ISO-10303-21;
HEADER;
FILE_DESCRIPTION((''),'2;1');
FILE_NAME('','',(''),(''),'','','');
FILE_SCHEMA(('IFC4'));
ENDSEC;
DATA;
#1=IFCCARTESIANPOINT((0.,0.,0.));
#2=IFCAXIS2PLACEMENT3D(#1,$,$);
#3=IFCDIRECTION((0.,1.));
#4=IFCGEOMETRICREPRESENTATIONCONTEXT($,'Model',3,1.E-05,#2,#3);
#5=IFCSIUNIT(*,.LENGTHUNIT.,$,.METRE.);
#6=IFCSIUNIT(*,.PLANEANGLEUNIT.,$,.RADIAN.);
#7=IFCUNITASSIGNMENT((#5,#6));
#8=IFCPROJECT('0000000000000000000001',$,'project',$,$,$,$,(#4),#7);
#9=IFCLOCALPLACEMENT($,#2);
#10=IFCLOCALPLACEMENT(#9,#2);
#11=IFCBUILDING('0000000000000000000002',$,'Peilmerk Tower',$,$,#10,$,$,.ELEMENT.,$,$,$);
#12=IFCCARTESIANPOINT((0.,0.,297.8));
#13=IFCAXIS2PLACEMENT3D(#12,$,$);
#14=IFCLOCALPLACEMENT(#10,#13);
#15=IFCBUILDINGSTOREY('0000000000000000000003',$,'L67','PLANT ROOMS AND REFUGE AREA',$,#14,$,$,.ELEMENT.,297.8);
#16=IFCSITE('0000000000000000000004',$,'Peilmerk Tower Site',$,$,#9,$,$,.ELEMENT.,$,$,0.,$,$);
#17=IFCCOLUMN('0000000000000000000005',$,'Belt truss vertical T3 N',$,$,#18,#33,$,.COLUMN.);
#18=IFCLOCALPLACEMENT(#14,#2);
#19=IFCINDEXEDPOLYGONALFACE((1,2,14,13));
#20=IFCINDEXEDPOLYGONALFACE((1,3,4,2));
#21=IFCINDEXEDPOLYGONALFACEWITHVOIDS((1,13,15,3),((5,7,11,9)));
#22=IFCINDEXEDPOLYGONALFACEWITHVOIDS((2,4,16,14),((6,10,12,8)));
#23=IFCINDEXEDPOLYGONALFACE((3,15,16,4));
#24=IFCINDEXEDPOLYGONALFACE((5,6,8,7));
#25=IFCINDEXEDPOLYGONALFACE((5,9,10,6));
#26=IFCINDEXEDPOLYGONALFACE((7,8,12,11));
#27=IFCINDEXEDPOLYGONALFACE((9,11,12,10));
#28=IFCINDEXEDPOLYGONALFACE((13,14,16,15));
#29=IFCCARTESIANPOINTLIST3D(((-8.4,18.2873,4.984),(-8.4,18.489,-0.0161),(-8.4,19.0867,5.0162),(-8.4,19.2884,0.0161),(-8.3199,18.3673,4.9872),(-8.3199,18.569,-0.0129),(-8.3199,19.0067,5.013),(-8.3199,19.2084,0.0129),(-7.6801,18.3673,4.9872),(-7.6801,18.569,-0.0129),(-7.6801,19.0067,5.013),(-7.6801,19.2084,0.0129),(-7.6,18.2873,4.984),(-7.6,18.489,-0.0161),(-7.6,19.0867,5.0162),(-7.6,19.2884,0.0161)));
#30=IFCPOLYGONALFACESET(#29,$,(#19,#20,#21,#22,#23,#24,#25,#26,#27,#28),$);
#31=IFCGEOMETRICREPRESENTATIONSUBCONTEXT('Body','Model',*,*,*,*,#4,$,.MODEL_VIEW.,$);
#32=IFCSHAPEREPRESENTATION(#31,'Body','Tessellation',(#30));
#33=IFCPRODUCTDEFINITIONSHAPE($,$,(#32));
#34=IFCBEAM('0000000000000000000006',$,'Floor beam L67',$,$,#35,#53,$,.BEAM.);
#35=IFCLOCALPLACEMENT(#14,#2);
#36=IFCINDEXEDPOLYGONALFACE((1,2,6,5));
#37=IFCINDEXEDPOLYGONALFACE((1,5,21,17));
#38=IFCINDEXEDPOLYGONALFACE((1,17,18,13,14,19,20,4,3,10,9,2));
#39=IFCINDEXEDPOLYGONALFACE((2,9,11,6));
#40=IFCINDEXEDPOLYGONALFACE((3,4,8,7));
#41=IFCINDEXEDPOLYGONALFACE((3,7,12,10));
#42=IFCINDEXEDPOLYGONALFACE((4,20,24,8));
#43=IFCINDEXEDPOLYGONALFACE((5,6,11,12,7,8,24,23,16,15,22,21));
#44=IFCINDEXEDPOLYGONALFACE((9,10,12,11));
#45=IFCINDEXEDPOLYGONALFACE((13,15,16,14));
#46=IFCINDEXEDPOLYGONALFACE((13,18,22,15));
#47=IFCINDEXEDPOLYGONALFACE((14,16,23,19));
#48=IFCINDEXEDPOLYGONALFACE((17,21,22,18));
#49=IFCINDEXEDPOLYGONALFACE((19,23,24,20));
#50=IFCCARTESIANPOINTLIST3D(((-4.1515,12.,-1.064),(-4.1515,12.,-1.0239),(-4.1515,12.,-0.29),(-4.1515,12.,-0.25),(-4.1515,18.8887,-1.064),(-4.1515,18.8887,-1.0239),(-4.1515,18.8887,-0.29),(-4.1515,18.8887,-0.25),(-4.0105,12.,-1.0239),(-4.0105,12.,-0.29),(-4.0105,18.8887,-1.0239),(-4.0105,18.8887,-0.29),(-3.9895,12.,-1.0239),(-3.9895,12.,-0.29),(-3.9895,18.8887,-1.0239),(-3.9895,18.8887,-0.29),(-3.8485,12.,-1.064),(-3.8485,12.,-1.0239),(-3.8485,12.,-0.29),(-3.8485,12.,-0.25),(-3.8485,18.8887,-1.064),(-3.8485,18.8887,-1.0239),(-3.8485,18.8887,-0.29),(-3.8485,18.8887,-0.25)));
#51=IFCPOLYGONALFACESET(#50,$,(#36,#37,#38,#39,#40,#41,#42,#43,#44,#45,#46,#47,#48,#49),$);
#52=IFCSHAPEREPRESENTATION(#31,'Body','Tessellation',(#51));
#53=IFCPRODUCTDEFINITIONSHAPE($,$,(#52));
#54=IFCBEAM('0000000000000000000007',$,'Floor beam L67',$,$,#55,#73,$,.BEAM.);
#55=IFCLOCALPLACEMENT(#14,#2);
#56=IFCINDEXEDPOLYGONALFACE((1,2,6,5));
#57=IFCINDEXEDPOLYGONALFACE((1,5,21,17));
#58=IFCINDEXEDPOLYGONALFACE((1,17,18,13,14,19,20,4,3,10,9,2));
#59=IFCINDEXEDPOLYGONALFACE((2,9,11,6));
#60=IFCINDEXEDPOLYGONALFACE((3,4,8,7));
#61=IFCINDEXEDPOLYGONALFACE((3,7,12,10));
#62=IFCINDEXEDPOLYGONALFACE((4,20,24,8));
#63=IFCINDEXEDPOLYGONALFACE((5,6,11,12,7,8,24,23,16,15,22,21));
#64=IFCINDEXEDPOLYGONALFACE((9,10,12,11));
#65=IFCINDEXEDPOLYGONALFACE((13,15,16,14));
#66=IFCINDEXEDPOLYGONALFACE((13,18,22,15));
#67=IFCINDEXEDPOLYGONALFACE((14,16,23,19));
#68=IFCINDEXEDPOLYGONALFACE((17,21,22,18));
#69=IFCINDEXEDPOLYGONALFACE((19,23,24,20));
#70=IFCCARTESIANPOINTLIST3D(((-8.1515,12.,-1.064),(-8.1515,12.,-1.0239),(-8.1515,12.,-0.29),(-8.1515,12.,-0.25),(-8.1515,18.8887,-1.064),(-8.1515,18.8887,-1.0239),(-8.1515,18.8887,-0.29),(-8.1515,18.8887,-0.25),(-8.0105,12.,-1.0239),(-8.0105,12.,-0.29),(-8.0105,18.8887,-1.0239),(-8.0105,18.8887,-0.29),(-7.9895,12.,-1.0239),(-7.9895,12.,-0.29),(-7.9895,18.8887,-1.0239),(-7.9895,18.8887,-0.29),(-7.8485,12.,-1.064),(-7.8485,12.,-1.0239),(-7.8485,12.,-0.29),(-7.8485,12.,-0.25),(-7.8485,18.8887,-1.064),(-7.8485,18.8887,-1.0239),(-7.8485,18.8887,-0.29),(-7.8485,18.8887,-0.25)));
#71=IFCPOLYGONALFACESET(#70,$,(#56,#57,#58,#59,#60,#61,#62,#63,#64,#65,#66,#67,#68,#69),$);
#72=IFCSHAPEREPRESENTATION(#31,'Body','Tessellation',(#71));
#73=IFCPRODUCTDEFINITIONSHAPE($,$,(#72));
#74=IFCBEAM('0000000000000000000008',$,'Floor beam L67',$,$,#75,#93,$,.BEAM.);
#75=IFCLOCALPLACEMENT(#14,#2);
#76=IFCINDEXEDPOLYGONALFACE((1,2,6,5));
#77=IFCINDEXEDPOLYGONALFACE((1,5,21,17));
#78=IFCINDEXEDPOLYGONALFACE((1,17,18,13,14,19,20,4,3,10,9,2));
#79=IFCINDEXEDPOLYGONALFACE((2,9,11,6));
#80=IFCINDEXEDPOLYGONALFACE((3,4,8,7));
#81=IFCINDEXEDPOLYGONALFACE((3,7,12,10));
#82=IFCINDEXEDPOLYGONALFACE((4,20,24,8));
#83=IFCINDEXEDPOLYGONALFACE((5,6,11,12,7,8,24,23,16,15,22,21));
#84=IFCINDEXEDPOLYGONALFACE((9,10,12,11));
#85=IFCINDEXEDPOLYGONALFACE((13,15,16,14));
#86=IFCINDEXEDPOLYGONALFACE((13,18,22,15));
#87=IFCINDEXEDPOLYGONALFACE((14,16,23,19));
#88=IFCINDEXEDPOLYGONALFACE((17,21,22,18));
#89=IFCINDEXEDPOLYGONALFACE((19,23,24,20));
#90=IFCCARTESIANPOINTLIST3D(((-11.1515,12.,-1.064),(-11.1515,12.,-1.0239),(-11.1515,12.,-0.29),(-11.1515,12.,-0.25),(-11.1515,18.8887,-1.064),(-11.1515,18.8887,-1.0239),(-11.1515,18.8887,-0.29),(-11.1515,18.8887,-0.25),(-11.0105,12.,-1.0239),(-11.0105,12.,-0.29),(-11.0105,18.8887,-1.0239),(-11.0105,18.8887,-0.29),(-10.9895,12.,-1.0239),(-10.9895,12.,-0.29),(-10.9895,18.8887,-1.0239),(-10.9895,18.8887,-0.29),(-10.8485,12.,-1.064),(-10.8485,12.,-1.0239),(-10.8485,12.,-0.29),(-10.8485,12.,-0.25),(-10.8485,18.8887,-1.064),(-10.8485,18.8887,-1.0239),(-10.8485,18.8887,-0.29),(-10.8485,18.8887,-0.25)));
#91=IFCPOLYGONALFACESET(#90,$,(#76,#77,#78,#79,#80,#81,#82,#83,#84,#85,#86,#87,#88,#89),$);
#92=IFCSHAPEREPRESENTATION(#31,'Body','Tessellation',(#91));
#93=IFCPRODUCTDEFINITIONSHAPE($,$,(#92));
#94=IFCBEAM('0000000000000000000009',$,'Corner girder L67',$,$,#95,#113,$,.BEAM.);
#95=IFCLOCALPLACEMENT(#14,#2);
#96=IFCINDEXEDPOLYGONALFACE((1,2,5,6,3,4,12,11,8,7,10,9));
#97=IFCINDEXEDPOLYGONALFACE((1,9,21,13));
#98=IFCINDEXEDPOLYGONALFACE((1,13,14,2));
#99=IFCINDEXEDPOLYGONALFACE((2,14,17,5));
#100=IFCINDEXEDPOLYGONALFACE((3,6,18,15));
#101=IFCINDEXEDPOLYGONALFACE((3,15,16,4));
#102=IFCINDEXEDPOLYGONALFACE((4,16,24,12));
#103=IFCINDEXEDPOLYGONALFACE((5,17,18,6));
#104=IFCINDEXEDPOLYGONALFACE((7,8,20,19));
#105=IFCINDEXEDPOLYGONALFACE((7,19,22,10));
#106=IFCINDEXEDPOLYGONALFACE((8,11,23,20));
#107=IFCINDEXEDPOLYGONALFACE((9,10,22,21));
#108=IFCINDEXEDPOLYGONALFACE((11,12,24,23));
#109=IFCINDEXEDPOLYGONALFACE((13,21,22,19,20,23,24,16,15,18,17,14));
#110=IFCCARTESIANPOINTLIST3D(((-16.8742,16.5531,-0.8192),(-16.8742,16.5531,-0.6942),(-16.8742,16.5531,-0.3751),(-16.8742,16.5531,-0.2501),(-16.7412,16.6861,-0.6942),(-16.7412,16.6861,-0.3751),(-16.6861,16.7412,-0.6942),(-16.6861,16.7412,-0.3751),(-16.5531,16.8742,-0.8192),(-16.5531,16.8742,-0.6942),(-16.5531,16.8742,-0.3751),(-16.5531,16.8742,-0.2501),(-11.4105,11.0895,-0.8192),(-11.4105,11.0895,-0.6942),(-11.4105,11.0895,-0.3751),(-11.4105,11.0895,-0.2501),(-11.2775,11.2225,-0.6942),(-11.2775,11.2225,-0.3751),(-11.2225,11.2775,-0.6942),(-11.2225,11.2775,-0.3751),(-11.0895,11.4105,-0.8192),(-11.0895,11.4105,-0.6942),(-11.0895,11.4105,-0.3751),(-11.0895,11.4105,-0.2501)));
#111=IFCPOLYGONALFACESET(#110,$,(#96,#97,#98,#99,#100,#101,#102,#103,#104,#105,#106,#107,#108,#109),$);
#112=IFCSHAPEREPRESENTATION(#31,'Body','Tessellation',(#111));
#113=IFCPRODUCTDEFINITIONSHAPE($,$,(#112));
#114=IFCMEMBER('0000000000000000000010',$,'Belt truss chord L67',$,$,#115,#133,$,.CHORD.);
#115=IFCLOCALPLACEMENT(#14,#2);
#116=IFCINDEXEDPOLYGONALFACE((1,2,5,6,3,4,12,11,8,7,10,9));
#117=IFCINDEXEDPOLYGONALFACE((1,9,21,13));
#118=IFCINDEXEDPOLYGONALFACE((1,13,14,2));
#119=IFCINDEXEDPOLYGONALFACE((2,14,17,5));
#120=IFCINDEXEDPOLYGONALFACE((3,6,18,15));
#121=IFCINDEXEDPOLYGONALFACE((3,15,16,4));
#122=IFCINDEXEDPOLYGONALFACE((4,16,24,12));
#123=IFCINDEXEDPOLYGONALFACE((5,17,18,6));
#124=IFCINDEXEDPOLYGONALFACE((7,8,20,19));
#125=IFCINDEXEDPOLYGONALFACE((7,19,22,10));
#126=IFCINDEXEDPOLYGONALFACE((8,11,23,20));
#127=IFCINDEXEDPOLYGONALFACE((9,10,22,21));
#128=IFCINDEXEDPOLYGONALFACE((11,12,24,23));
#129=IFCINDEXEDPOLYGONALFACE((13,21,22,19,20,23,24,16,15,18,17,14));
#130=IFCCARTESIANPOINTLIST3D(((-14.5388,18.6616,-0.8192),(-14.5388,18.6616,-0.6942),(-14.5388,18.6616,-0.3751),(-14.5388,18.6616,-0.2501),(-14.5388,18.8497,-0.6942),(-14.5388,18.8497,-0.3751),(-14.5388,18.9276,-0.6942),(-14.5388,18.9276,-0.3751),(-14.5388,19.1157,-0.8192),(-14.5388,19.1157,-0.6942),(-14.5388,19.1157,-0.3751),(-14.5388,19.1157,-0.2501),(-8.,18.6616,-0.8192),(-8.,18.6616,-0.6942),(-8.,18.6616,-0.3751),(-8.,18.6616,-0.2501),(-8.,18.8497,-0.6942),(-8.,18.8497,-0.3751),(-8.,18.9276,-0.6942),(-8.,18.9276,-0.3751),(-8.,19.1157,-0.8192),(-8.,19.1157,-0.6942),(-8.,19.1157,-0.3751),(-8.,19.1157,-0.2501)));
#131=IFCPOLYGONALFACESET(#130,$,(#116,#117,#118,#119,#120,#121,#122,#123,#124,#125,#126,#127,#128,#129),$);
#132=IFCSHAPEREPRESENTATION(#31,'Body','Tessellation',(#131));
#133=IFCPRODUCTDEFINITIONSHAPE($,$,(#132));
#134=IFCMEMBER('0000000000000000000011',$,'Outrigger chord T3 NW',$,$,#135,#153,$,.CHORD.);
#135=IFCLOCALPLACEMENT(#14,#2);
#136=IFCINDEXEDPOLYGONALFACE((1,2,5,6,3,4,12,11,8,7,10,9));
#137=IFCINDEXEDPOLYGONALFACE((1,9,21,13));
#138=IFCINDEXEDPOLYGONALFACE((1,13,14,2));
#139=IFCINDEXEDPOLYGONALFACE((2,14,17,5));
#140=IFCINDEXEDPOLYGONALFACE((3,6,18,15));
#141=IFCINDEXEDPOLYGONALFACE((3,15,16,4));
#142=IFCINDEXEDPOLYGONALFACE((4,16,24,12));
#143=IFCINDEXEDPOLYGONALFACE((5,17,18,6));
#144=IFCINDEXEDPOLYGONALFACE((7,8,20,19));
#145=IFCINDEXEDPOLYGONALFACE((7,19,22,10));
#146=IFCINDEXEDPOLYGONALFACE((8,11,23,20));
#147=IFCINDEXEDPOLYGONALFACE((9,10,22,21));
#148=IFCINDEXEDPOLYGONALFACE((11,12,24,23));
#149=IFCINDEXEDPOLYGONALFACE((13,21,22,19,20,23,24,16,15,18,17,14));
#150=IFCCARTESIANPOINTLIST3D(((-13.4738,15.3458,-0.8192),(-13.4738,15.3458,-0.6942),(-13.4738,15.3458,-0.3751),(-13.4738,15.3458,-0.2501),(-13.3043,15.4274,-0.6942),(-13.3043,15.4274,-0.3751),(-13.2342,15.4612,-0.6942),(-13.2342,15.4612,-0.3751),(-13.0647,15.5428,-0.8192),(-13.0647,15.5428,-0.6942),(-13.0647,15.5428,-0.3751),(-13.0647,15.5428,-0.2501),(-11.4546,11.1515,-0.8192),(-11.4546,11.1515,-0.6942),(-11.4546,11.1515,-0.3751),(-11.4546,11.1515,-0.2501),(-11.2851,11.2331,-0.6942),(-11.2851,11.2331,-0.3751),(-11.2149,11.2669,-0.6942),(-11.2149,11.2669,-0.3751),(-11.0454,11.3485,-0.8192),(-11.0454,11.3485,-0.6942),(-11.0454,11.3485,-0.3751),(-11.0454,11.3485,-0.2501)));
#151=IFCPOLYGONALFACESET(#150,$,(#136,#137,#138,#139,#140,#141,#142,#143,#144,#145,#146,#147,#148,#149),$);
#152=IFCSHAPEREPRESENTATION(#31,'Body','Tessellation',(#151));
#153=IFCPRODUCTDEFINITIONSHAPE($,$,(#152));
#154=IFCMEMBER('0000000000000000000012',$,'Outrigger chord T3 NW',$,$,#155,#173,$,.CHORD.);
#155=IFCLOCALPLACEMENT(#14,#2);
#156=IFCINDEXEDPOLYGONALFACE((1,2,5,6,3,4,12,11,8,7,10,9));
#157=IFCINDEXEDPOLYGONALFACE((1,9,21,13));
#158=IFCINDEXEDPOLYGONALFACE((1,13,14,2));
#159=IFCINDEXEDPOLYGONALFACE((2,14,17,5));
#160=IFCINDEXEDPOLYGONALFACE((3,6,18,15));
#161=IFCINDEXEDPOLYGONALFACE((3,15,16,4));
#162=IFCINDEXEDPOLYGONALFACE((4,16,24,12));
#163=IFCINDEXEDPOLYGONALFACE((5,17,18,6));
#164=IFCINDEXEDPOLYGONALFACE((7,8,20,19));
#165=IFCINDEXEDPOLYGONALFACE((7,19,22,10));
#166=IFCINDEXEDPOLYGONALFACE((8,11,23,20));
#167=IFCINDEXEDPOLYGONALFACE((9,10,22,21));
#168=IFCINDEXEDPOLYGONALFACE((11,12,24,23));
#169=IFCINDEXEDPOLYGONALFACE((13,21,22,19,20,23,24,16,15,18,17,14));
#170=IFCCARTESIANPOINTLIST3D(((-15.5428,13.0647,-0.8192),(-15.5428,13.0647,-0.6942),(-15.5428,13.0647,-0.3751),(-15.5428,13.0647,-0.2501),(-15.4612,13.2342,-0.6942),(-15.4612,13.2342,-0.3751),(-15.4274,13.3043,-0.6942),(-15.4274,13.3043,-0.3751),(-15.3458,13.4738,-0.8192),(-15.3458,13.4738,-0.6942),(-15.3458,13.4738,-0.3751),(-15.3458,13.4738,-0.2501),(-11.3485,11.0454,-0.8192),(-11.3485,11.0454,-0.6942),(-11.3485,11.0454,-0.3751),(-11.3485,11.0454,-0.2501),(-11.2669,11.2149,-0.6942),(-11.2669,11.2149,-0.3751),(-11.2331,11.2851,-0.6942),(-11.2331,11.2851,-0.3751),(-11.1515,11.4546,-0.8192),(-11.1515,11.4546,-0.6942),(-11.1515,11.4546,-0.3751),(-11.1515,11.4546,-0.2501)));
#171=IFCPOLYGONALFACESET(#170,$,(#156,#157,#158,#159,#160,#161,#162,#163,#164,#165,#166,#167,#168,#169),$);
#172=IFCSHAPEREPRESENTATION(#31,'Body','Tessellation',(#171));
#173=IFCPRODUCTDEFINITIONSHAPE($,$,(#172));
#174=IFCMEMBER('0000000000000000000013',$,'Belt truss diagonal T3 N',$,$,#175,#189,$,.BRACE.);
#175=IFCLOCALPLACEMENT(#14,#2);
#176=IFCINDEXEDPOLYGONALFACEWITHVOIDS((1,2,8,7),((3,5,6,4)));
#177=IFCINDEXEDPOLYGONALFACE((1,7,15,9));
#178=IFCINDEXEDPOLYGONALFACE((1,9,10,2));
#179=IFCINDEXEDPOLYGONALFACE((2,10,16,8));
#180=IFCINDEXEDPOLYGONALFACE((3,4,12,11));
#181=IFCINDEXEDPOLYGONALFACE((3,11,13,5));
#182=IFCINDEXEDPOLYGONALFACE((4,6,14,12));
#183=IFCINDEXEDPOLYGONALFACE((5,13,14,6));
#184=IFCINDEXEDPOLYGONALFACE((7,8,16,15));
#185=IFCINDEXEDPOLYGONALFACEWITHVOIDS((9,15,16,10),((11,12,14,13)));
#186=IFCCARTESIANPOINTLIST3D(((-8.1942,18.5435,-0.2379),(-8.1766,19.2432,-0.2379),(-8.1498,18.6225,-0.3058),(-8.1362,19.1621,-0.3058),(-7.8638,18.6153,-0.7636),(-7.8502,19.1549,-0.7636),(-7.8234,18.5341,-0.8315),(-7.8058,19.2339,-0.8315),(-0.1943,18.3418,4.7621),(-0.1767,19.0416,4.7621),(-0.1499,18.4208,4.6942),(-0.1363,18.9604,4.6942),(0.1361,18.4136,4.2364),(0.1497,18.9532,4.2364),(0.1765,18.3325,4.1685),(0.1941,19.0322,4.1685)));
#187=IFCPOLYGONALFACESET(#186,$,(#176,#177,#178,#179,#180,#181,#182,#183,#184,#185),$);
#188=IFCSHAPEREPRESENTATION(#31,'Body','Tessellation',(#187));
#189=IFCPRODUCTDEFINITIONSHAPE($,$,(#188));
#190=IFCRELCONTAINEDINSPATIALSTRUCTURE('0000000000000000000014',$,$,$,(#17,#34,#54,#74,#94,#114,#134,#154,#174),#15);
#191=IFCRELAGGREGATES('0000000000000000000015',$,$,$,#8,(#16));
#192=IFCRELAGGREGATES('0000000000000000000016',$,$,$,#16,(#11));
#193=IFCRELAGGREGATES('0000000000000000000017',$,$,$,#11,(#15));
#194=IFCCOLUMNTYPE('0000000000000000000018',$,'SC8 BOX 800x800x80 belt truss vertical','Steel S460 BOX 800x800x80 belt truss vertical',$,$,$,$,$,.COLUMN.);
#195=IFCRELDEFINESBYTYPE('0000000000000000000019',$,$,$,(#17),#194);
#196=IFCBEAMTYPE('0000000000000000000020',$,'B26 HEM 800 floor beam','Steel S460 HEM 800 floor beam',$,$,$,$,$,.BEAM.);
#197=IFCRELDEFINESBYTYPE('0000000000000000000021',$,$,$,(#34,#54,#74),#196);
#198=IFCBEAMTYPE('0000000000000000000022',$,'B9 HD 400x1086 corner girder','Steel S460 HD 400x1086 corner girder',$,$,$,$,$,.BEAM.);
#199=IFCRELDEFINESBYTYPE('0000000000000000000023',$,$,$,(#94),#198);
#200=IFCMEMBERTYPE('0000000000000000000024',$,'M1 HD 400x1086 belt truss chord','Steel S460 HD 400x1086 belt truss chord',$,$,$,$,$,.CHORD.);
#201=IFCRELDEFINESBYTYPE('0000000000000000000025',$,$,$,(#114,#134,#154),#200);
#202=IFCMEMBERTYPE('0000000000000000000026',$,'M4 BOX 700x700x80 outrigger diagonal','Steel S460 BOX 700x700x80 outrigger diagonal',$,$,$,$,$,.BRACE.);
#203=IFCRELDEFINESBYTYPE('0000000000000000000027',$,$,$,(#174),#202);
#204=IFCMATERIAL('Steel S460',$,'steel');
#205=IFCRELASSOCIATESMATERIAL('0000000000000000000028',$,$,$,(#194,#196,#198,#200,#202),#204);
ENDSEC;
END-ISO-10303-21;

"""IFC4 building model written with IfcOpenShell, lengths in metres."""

from ifc_helpers import new_model, si_unit, direction, frame, origin, origin_2d, place, context, subcontext, project, spatial, hollow_rectangle, i_section, extrude, material, material_profile, profile_set, type_object, element, save


model = new_model("IFC4")

# Units and contexts
model_context = context("Model", 3, precision=1e-05, world=origin(), true_north=direction((0.0, 1.0)))
body_context = subcontext(model_context, "Body", "Model", "MODEL_VIEW")
ifc_project = project(units=[si_unit("LENGTHUNIT", "METRE"), si_unit("PLANEANGLEUNIT", "RADIAN")], contexts=[model_context])

# Site, building, storey
site_placement = place(None, origin())
site = spatial("IfcSite", under=ifc_project, at=site_placement, Name="Peilmerk Tower Site", CompositionType="ELEMENT", RefElevation=0.0)
building_placement = place(site_placement, origin())
building = spatial("IfcBuilding", under=site, at=building_placement, Name="Peilmerk Tower", CompositionType="ELEMENT")
storey_placement = place(building_placement, frame((0.0, 0.0, 297.8)))
storey = spatial("IfcBuildingStorey", under=building, at=storey_placement, Name="L67", Description="PLANT ROOMS AND REFUGE AREA", CompositionType="ELEMENT", Elevation=297.8)

# Column
ifc_material_1 = material(Name="Steel S460", Category="steel")
ifc_material_profile_1 = material_profile(ifc_material_1, hollow_rectangle(XDim=0.8, YDim=0.8, WallThickness=0.0801, at=origin_2d()), Name="BOX 800x800x80")
ifc_profile_set_1 = profile_set([ifc_material_profile_1], Name="Steel S460")
column_type = type_object("IfcColumnType", Name="SC8 BOX 800x800x80 belt truss vertical", Description="Steel S460 BOX 800x800x80 belt truss vertical", PredefinedType="COLUMN", material=ifc_profile_set_1)
column_placement = place(storey_placement, frame((-8.0, 18.8887, 0.0), z_axis=(0.0, -0.040299, 0.999188), x_axis=(1.0, 0.0, 0.0)))
element("IfcColumn", 1, at=column_placement, inside=storey, type_object=column_type, Name="Belt truss vertical T3 N", PredefinedType="COLUMN", context=body_context, shape_type="SweptSolid", body=[
    extrude(hollow_rectangle(XDim=0.8, YDim=0.8, WallThickness=0.0801, at=origin_2d()), origin(), (0.0, 0.0, 1.0), 5.0042),
])

# Beams
ifc_material_profile_2 = material_profile(ifc_material_1, i_section(OverallWidth=0.303, OverallDepth=0.814, WebThickness=0.021, FlangeThickness=0.04, at=origin_2d()), Name="HEM 800")
ifc_profile_set_2 = profile_set([ifc_material_profile_2], Name="Steel S460")
beam_type_1 = type_object("IfcBeamType", Name="B26 HEM 800 floor beam", Description="Steel S460 HEM 800 floor beam", PredefinedType="BEAM", material=ifc_profile_set_2)
for number, where, z_axis, x_axis, name in (
    (2, (-4.0, 12.0, -0.657), (0.0, 1.0, 0.0), (-1.0, 0.0, 0.0), "Floor beam L67"),
    (3, (-8.0, 12.0, -0.657), (0.0, 1.0, 0.0), (-1.0, 0.0, 0.0), "Floor beam L67"),
    (4, (-11.0, 12.0, -0.657), (0.0, 1.0, 0.0), (-1.0, 0.0, 0.0), "Floor beam L67"),
):
    element("IfcBeam", number, at=place(storey_placement, frame(where, z_axis=z_axis, x_axis=x_axis)), inside=storey, type_object=beam_type_1, Name=name, PredefinedType="BEAM", context=body_context, shape_type="SweptSolid", body=[
        extrude(i_section(OverallWidth=0.303, OverallDepth=0.814, WebThickness=0.021, FlangeThickness=0.04, at=origin_2d()), origin(), (0.0, 0.0, 1.0), 6.8887),
    ])
ifc_material_profile_3 = material_profile(ifc_material_1, i_section(OverallWidth=0.4541, OverallDepth=0.5691, WebThickness=0.0779, FlangeThickness=0.125, at=origin_2d()), Name="HD 400x1086")
ifc_profile_set_3 = profile_set([ifc_material_profile_3], Name="Steel S460")
beam_type_2 = type_object("IfcBeamType", Name="B9 HD 400x1086 corner girder", Description="Steel S460 HD 400x1086 corner girder", PredefinedType="BEAM", material=ifc_profile_set_3)
beam_placement = place(storey_placement, frame((-11.25, 11.25, -0.5347), z_axis=(-0.707107, 0.707107, 0.0), x_axis=(-0.707107, -0.707107, 0.0)))
element("IfcBeam", 5, at=beam_placement, inside=storey, type_object=beam_type_2, Name="Corner girder L67", PredefinedType="BEAM", context=body_context, shape_type="SweptSolid", body=[
    extrude(i_section(OverallWidth=0.4541, OverallDepth=0.5691, WebThickness=0.0779, FlangeThickness=0.125, at=origin_2d()), origin(), (0.0, 0.0, 1.0), 7.7268),
])

# Members
ifc_material_profile_4 = material_profile(ifc_material_1, i_section(OverallWidth=0.4541, OverallDepth=0.5691, WebThickness=0.0779, FlangeThickness=0.125, at=origin_2d()), Name="HD 400x1086")
ifc_profile_set_4 = profile_set([ifc_material_profile_4], Name="Steel S460")
member_type_1 = type_object("IfcMemberType", Name="M1 HD 400x1086 belt truss chord", Description="Steel S460 HD 400x1086 belt truss chord", PredefinedType="CHORD", material=ifc_profile_set_4)
member_1_placement = place(storey_placement, frame((-8.0, 18.8887, -0.5347), z_axis=(-1.0, 0.0, 0.0), x_axis=(0.0, -1.0, 0.0)))
element("IfcMember", 6, at=member_1_placement, inside=storey, type_object=member_type_1, Name="Belt truss chord L67", PredefinedType="CHORD", context=body_context, shape_type="SweptSolid", body=[
    extrude(i_section(OverallWidth=0.4541, OverallDepth=0.5691, WebThickness=0.0779, FlangeThickness=0.125, at=origin_2d()), origin(), (0.0, 0.0, 1.0), 6.5388),
])
for number, where, z_axis, x_axis, name in (
    (7, (-11.25, 11.25, -0.5347), (-0.433779, 0.901019, 0.0), (-0.901019, -0.433779, 0.0), "Outrigger chord T3 NW"),
    (8, (-11.25, 11.25, -0.5347), (-0.901019, 0.433779, 0.0), (-0.433779, -0.901019, 0.0), "Outrigger chord T3 NW"),
):
    element("IfcMember", number, at=place(storey_placement, frame(where, z_axis=z_axis, x_axis=x_axis)), inside=storey, type_object=member_type_1, Name=name, PredefinedType="CHORD", context=body_context, shape_type="SweptSolid", body=[
        extrude(i_section(OverallWidth=0.4541, OverallDepth=0.5691, WebThickness=0.0779, FlangeThickness=0.125, at=origin_2d()), origin(), (0.0, 0.0, 1.0), 4.655),
    ])
ifc_material_profile_5 = material_profile(ifc_material_1, hollow_rectangle(XDim=0.7, YDim=0.7, WallThickness=0.0801, at=origin_2d()), Name="BOX 700x700x80")
ifc_profile_set_5 = profile_set([ifc_material_profile_5], Name="Steel S460")
member_type_2 = type_object("IfcMemberType", Name="M4 BOX 700x700x80 outrigger diagonal", Description="Steel S460 BOX 700x700x80 outrigger diagonal", PredefinedType="BRACE", material=ifc_profile_set_5)
member_2_placement = place(storey_placement, frame((-8.0, 18.8887, -0.5347), z_axis=(0.847805, -0.021371, 0.529878), x_axis=(0.0252, 0.999682, 0.0)))
element("IfcMember", 9, at=member_2_placement, inside=storey, type_object=member_type_2, Name="Belt truss diagonal T3 N", PredefinedType="BRACE", context=body_context, shape_type="SweptSolid", body=[
    extrude(hollow_rectangle(XDim=0.7, YDim=0.7, WallThickness=0.0801, at=origin_2d()), origin(), (0.0, 0.0, 1.0), 9.436),
])

save(model, "model.ifc")
